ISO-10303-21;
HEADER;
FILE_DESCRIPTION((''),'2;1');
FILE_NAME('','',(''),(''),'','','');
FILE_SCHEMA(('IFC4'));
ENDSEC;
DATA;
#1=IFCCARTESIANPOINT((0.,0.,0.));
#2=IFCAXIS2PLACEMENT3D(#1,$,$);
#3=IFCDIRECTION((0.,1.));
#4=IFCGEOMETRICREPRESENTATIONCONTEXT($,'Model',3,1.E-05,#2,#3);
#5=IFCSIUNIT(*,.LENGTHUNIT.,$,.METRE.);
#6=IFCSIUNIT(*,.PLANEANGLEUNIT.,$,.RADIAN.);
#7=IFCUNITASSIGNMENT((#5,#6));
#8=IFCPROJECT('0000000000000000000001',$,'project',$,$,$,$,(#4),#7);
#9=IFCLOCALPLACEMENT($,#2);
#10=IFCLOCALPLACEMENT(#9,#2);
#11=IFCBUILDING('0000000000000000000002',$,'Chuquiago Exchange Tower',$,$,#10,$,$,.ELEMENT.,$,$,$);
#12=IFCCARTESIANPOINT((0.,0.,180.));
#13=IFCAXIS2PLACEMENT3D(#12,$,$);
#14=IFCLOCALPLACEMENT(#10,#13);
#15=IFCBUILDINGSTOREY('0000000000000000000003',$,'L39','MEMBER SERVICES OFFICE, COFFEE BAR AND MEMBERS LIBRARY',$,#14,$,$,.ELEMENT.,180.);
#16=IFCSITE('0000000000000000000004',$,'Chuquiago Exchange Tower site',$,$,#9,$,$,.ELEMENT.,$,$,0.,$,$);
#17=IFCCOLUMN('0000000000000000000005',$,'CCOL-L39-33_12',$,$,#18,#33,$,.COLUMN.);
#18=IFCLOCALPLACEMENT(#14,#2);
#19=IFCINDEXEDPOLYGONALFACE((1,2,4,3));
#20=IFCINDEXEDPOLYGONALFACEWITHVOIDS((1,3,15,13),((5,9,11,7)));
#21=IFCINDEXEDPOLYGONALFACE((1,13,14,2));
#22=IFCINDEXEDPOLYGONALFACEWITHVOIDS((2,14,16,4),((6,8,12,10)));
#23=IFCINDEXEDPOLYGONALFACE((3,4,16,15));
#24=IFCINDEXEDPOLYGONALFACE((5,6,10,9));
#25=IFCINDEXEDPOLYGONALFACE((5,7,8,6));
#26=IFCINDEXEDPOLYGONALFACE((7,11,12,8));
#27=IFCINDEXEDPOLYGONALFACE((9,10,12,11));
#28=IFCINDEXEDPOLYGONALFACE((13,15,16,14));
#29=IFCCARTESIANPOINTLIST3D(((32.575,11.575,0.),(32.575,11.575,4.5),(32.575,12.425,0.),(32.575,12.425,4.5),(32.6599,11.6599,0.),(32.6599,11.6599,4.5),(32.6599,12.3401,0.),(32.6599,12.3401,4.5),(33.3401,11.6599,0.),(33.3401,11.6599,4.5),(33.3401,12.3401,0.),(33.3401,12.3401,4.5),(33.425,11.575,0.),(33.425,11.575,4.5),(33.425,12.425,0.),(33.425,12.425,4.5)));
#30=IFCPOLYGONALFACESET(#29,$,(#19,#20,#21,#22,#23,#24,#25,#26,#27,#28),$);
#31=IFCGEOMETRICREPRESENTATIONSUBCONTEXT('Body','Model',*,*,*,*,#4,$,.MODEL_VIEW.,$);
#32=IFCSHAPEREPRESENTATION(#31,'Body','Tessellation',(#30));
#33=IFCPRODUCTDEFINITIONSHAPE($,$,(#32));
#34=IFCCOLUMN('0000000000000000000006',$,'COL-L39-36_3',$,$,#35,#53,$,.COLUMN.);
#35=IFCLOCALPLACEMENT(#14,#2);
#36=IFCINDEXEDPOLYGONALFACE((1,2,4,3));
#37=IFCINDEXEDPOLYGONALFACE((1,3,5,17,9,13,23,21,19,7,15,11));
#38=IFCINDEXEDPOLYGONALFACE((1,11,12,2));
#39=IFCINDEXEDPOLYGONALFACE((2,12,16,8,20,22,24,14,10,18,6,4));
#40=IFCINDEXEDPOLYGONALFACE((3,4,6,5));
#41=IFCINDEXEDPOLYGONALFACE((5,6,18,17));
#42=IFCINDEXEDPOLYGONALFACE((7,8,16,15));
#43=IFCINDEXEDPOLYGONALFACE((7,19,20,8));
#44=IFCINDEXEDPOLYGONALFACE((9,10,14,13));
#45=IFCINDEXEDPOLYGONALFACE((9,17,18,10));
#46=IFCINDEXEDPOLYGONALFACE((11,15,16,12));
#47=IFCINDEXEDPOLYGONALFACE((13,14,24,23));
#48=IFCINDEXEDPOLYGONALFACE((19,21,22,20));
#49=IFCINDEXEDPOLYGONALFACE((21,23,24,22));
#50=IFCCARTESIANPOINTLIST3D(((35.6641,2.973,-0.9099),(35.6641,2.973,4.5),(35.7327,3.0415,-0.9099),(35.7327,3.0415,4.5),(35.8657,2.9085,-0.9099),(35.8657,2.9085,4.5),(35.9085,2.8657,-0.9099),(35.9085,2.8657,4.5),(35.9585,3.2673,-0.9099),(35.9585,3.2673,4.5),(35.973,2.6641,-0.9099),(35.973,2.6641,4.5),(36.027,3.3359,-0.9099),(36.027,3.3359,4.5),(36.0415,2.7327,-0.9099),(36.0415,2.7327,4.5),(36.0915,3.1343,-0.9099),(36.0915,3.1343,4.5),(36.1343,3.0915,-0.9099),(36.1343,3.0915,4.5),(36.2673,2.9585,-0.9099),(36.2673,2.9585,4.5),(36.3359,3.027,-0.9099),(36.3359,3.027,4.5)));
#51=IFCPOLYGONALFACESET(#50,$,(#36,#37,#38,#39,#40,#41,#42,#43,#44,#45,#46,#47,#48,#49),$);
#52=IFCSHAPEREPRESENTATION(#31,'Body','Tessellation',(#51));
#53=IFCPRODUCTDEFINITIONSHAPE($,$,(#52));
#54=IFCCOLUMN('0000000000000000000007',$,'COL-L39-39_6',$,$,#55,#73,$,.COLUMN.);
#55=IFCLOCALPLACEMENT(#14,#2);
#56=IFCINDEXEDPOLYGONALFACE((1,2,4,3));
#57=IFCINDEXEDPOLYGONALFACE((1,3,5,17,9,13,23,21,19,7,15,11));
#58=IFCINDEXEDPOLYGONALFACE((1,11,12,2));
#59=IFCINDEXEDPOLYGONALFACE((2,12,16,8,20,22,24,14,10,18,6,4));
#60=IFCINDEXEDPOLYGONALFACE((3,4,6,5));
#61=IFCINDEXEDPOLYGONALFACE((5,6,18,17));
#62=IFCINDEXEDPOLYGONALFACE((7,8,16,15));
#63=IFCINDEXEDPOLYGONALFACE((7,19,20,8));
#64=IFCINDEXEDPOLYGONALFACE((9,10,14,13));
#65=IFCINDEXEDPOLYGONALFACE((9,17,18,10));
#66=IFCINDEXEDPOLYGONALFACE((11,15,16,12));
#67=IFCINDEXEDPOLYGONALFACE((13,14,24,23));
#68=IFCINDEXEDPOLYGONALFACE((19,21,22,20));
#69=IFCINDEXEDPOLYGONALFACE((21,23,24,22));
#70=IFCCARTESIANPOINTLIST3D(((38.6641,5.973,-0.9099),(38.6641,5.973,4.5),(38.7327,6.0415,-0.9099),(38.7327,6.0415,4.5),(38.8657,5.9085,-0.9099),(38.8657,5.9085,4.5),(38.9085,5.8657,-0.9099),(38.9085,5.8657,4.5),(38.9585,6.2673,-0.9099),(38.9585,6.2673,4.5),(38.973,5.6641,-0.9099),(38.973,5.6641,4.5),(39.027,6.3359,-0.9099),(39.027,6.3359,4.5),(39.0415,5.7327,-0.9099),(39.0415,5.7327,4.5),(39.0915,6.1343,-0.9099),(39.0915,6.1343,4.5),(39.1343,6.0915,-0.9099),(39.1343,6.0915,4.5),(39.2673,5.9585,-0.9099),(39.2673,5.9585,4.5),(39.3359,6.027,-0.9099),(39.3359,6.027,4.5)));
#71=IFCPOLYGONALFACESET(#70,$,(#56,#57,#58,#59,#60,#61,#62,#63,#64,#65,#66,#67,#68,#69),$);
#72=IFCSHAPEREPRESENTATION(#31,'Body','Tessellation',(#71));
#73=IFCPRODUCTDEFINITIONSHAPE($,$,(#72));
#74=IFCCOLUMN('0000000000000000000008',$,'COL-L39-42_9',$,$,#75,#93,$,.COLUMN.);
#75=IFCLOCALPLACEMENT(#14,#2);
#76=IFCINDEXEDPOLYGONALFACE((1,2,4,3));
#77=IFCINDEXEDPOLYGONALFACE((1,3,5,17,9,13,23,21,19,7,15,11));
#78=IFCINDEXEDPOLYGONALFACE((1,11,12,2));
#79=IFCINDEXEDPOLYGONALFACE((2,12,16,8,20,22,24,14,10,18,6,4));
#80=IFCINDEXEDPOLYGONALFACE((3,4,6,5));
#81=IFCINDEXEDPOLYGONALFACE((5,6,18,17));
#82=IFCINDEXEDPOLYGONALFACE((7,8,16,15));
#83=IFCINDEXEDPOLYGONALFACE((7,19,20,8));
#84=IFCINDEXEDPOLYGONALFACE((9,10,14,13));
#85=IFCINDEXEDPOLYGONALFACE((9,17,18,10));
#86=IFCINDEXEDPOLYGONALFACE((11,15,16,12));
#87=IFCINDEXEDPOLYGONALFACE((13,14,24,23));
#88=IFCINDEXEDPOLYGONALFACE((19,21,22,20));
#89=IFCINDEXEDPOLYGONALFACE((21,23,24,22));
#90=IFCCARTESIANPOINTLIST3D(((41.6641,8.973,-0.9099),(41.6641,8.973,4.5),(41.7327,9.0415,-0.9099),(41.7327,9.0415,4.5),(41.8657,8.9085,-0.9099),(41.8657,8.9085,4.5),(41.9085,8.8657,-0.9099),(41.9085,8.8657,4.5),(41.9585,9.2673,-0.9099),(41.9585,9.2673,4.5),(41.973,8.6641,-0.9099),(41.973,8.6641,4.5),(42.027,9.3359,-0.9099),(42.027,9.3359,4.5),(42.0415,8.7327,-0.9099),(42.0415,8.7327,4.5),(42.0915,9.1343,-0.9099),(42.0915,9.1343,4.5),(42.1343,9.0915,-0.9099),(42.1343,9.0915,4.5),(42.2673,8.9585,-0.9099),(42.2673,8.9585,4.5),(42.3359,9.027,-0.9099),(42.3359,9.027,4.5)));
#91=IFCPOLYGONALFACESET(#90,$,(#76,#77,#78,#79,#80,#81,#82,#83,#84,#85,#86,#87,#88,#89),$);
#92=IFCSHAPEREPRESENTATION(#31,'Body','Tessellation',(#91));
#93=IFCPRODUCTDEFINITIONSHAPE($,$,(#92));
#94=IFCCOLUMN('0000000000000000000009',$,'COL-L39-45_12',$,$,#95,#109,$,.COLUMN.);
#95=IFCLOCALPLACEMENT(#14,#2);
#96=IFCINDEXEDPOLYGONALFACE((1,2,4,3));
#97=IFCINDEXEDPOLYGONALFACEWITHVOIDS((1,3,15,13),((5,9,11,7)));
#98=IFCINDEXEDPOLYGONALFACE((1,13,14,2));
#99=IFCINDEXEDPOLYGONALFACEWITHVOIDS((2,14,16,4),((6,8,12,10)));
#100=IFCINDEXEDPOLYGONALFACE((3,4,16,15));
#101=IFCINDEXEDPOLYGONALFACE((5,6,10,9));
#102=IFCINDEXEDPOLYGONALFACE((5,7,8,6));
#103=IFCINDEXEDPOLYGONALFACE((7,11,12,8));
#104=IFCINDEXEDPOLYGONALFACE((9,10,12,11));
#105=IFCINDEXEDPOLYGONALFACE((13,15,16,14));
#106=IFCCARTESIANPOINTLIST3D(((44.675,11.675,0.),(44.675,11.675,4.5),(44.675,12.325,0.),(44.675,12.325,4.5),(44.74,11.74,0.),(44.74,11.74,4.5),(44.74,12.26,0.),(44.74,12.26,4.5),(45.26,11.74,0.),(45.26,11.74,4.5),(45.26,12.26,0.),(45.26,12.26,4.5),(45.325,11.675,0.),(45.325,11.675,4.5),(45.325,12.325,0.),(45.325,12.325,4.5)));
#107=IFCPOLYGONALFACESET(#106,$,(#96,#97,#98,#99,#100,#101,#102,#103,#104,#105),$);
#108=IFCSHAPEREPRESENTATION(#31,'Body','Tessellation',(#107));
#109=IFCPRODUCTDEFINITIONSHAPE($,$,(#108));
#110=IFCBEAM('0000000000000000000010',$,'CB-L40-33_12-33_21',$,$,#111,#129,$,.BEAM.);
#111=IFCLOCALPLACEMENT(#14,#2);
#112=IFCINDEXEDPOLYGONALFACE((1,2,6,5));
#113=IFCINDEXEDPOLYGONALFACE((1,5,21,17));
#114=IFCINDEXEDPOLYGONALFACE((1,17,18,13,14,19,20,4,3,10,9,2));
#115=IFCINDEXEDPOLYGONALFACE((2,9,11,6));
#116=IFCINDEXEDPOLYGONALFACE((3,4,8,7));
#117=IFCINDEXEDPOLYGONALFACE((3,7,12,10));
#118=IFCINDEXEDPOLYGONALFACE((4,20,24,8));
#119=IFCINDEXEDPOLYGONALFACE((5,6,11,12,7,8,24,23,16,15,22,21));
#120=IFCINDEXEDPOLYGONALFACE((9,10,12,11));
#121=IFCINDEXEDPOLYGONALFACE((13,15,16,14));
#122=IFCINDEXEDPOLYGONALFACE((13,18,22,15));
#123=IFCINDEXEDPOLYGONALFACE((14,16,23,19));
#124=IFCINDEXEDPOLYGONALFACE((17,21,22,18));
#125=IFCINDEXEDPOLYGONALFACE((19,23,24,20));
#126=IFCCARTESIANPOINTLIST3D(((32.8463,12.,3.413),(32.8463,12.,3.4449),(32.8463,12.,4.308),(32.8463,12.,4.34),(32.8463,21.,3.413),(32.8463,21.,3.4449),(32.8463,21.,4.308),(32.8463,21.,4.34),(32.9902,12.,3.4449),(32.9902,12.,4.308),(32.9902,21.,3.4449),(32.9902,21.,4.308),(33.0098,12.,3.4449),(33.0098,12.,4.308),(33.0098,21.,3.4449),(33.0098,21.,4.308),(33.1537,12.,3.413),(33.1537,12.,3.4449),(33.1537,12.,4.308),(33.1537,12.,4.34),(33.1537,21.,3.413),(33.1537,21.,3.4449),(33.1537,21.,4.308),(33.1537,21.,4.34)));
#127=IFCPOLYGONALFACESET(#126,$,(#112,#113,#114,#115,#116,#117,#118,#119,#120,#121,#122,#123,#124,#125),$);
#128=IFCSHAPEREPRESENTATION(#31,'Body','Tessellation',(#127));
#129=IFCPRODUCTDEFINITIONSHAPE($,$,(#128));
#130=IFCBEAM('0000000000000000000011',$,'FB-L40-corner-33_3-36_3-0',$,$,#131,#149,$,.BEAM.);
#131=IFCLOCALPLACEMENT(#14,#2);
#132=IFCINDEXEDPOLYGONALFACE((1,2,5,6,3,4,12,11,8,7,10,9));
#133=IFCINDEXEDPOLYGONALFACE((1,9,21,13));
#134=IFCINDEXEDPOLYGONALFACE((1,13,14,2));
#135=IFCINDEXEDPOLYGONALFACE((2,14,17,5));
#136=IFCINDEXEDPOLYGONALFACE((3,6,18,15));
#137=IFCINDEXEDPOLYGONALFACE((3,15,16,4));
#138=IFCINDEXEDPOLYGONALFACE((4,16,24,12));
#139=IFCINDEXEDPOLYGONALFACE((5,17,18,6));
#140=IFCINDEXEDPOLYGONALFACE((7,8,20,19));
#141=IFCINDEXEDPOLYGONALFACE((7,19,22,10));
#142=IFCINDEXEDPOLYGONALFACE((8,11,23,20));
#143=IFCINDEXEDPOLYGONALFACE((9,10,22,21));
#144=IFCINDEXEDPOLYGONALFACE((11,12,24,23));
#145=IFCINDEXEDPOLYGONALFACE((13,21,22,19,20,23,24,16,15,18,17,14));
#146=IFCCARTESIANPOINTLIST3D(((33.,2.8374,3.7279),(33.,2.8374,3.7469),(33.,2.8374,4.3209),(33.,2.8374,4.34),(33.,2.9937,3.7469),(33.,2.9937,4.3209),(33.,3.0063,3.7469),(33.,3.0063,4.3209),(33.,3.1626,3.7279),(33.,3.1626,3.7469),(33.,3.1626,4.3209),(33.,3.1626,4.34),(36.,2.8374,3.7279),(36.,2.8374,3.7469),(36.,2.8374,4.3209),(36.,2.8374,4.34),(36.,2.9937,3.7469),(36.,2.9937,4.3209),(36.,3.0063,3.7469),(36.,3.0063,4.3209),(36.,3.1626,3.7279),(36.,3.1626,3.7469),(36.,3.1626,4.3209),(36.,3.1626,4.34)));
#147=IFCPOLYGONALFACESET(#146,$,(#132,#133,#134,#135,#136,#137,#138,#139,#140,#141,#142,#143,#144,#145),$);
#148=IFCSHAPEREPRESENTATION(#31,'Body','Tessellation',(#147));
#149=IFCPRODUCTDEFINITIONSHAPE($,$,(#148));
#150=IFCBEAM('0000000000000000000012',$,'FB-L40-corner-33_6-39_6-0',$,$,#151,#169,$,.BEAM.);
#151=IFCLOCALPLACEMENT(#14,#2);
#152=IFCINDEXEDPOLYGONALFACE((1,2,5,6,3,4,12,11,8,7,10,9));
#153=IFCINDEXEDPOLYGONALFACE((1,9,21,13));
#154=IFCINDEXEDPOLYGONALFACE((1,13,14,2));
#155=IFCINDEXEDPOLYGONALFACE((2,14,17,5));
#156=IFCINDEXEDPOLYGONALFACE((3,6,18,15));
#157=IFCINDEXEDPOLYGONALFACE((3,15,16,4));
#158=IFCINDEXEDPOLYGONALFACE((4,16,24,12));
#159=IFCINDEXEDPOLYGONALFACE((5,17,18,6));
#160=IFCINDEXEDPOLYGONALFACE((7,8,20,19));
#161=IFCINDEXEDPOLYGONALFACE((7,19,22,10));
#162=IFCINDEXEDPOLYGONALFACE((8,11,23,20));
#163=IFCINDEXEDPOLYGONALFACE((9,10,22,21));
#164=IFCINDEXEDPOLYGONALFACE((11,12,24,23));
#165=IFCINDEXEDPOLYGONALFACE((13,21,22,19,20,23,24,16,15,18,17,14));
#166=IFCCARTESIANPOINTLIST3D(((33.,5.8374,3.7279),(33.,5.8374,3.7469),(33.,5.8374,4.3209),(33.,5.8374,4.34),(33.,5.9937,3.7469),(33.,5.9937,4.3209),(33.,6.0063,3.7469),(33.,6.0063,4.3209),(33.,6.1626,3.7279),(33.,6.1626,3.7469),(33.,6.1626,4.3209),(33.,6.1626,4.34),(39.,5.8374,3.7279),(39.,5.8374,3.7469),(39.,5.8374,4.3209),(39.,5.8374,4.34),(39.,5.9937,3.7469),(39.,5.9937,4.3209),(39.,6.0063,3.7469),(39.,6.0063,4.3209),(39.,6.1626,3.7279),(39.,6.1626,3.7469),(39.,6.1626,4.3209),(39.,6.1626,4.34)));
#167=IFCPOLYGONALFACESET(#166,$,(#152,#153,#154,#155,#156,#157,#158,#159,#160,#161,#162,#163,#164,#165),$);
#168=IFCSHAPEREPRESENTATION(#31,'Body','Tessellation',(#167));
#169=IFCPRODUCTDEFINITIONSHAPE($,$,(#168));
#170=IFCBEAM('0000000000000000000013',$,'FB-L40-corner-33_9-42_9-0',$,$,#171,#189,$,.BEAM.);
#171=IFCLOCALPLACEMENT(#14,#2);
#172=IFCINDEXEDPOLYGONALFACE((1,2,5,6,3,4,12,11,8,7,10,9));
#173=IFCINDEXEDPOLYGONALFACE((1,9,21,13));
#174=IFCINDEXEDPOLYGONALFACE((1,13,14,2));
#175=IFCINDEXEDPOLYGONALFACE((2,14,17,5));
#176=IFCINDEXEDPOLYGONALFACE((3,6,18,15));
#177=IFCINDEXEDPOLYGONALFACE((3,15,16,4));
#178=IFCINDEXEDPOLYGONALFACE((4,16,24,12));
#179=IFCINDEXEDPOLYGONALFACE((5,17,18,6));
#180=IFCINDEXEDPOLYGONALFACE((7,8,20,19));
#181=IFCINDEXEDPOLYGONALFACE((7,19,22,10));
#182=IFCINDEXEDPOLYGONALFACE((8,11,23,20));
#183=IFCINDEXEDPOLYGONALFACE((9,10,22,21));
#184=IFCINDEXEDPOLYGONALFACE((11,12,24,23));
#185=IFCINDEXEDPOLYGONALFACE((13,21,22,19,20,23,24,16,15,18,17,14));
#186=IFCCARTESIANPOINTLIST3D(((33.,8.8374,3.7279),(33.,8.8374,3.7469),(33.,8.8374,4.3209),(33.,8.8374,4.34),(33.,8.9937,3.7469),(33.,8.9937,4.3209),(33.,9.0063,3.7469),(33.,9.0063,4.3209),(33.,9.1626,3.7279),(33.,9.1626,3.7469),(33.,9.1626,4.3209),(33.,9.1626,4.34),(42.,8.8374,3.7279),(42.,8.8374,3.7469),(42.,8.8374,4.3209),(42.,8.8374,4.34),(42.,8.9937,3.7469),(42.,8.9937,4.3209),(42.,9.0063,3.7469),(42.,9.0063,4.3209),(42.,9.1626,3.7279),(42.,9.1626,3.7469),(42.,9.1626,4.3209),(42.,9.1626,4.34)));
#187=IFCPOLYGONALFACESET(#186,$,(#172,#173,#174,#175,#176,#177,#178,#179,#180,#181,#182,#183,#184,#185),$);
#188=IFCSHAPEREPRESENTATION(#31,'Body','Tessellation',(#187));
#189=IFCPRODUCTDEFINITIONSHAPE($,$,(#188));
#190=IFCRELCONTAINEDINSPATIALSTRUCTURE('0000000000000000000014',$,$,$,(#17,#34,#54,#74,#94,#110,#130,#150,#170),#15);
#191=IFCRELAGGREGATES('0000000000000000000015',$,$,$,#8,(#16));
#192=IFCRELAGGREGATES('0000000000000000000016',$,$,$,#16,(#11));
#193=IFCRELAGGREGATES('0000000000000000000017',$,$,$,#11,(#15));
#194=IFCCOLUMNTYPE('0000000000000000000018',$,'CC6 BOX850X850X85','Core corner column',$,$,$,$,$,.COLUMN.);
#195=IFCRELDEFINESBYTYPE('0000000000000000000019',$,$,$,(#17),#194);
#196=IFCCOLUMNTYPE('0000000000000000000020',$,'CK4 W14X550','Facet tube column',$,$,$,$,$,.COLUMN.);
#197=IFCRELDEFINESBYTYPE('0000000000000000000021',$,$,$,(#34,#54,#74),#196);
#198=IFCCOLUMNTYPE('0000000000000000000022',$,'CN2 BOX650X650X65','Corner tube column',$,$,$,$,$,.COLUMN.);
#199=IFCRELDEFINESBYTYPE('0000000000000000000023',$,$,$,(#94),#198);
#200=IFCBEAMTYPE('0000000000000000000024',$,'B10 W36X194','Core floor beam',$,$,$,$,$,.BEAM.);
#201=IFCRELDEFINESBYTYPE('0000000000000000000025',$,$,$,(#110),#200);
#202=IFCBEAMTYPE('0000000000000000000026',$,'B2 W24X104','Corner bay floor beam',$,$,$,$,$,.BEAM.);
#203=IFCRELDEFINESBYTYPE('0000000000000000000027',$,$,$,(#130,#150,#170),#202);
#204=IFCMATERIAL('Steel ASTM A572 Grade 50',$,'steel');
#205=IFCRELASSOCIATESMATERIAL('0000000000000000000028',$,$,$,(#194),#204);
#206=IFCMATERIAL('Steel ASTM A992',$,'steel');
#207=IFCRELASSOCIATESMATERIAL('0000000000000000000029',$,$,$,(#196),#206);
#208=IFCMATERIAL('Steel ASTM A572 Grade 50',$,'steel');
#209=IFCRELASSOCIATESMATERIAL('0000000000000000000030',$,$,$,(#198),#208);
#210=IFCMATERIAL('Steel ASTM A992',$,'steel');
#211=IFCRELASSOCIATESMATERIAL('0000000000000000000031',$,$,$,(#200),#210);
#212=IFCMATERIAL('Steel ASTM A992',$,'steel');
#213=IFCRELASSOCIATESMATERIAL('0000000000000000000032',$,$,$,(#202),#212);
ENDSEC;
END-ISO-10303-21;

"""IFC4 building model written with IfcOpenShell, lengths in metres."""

from ifc_helpers import new_model, si_unit, direction, frame, origin, origin_2d, place, context, subcontext, project, spatial, hollow_rectangle, i_section, extrude, material, material_profile, profile_set, type_object, element, save


model = new_model("IFC4")

# Units and contexts
model_context = context("Model", 3, precision=1e-05, world=origin(), true_north=direction((0.0, 1.0)))
body_context = subcontext(model_context, "Body", "Model", "MODEL_VIEW")
ifc_project = project(units=[si_unit("LENGTHUNIT", "METRE"), si_unit("PLANEANGLEUNIT", "RADIAN")], contexts=[model_context])

# Site, building, storey
site_placement = place(None, origin())
site = spatial("IfcSite", under=ifc_project, at=site_placement, Name="Chuquiago Exchange Tower site", CompositionType="ELEMENT", RefElevation=0.0)
building_placement = place(site_placement, origin())
building = spatial("IfcBuilding", under=site, at=building_placement, Name="Chuquiago Exchange Tower", CompositionType="ELEMENT")
storey_placement = place(building_placement, frame((0.0, 0.0, 180.0)))
storey = spatial("IfcBuildingStorey", under=building, at=storey_placement, Name="L39", Description="MEMBER SERVICES OFFICE, COFFEE BAR AND MEMBERS LIBRARY", CompositionType="ELEMENT", Elevation=180.0)

# Columns
ifc_material_1 = material(Name="Steel ASTM A572 Grade 50", Category="steel")
ifc_material_profile_1 = material_profile(ifc_material_1, hollow_rectangle(XDim=0.8501, YDim=0.8501, WallThickness=0.085, at=origin_2d()), Name="BOX850X850X85")
ifc_profile_set_1 = profile_set([ifc_material_profile_1], Name="Steel ASTM A572 Grade 50")
column_type_1 = type_object("IfcColumnType", Name="CC6 BOX850X850X85", Description="Core corner column", PredefinedType="COLUMN", material=ifc_profile_set_1)
column_1_placement = place(storey_placement, frame((33.0, 12.0, 0.0), z_axis=(0.0, 0.0, 1.0), x_axis=(1.0, 0.0, 0.0)))
element("IfcColumn", 1, at=column_1_placement, inside=storey, type_object=column_type_1, Name="CCOL-L39-33_12", PredefinedType="COLUMN", context=body_context, shape_type="SweptSolid", body=[
    extrude(hollow_rectangle(XDim=0.8501, YDim=0.8501, WallThickness=0.085, at=origin_2d()), origin(), (0.0, 0.0, 1.0), 4.5),
])
ifc_material_2 = material(Name="Steel ASTM A992", Category="steel")
ifc_material_profile_2 = material_profile(ifc_material_2, i_section(OverallWidth=0.4368, OverallDepth=0.5132, WebThickness=0.0605, FlangeThickness=0.0969, at=origin_2d()), Name="W14X550")
ifc_profile_set_2 = profile_set([ifc_material_profile_2], Name="Steel ASTM A992")
column_type_2 = type_object("IfcColumnType", Name="CK4 W14X550", Description="Facet tube column", PredefinedType="COLUMN", material=ifc_profile_set_2)
for number, where, z_axis, x_axis, name in (
    (2, (36.0, 3.0, -0.9099), (0.0, 0.0, 1.0), (0.707107, -0.707107, 0.0), "COL-L39-36_3"),
    (3, (39.0, 6.0, -0.9099), (0.0, 0.0, 1.0), (0.707107, -0.707107, 0.0), "COL-L39-39_6"),
    (4, (42.0, 9.0, -0.9099), (0.0, 0.0, 1.0), (0.707107, -0.707107, 0.0), "COL-L39-42_9"),
):
    element("IfcColumn", number, at=place(storey_placement, frame(where, z_axis=z_axis, x_axis=x_axis)), inside=storey, type_object=column_type_2, Name=name, PredefinedType="COLUMN", context=body_context, shape_type="SweptSolid", body=[
        extrude(i_section(OverallWidth=0.4368, OverallDepth=0.5132, WebThickness=0.0605, FlangeThickness=0.0969, at=origin_2d()), origin(), (0.0, 0.0, 1.0), 5.4099),
    ])
ifc_material_3 = material(Name="Steel ASTM A572 Grade 50", Category="steel")
ifc_material_profile_3 = material_profile(ifc_material_3, hollow_rectangle(XDim=0.6499, YDim=0.6499, WallThickness=0.0649, at=origin_2d()), Name="BOX650X650X65")
ifc_profile_set_3 = profile_set([ifc_material_profile_3], Name="Steel ASTM A572 Grade 50")
column_type_3 = type_object("IfcColumnType", Name="CN2 BOX650X650X65", Description="Corner tube column", PredefinedType="COLUMN", material=ifc_profile_set_3)
column_2_placement = place(storey_placement, frame((45.0, 12.0, 0.0), z_axis=(0.0, 0.0, 1.0), x_axis=(1.0, 0.0, 0.0)))
element("IfcColumn", 5, at=column_2_placement, inside=storey, type_object=column_type_3, Name="COL-L39-45_12", PredefinedType="COLUMN", context=body_context, shape_type="SweptSolid", body=[
    extrude(hollow_rectangle(XDim=0.6499, YDim=0.6499, WallThickness=0.0649, at=origin_2d()), origin(), (0.0, 0.0, 1.0), 4.5),
])

# Beams
ifc_material_4 = material(Name="Steel ASTM A992", Category="steel")
ifc_material_profile_4 = material_profile(ifc_material_4, i_section(OverallWidth=0.3074, OverallDepth=0.927, WebThickness=0.0195, FlangeThickness=0.032, at=origin_2d()), Name="W36X194")
ifc_profile_set_4 = profile_set([ifc_material_profile_4], Name="Steel ASTM A992")
beam_type_1 = type_object("IfcBeamType", Name="B10 W36X194", Description="Core floor beam", PredefinedType="BEAM", material=ifc_profile_set_4)
beam_1_placement = place(storey_placement, frame((33.0, 12.0, 3.8765), z_axis=(0.0, 1.0, 0.0), x_axis=(-1.0, 0.0, 0.0)))
element("IfcBeam", 6, at=beam_1_placement, inside=storey, type_object=beam_type_1, Name="CB-L40-33_12-33_21", PredefinedType="BEAM", context=body_context, shape_type="SweptSolid", body=[
    extrude(i_section(OverallWidth=0.3074, OverallDepth=0.927, WebThickness=0.0195, FlangeThickness=0.032, at=origin_2d()), origin(), (0.0, 0.0, 1.0), 9.0),
])
ifc_material_5 = material(Name="Steel ASTM A992", Category="steel")
ifc_material_profile_5 = material_profile(ifc_material_5, i_section(OverallWidth=0.3252, OverallDepth=0.6121, WebThickness=0.0127, FlangeThickness=0.019, at=origin_2d()), Name="W24X104")
ifc_profile_set_5 = profile_set([ifc_material_profile_5], Name="Steel ASTM A992")
beam_type_2 = type_object("IfcBeamType", Name="B2 W24X104", Description="Corner bay floor beam", PredefinedType="BEAM", material=ifc_profile_set_5)
beam_2_placement = place(storey_placement, frame((33.0, 3.0, 4.0339), z_axis=(1.0, 0.0, 0.0), x_axis=(0.0, 1.0, 0.0)))
element("IfcBeam", 7, at=beam_2_placement, inside=storey, type_object=beam_type_2, Name="FB-L40-corner-33_3-36_3-0", PredefinedType="BEAM", context=body_context, shape_type="SweptSolid", body=[
    extrude(i_section(OverallWidth=0.3252, OverallDepth=0.6121, WebThickness=0.0127, FlangeThickness=0.019, at=origin_2d()), origin(), (0.0, 0.0, 1.0), 3.0),
])
beam_3_placement = place(storey_placement, frame((33.0, 6.0, 4.0339), z_axis=(1.0, 0.0, 0.0), x_axis=(0.0, 1.0, 0.0)))
element("IfcBeam", 8, at=beam_3_placement, inside=storey, type_object=beam_type_2, Name="FB-L40-corner-33_6-39_6-0", PredefinedType="BEAM", context=body_context, shape_type="SweptSolid", body=[
    extrude(i_section(OverallWidth=0.3252, OverallDepth=0.6121, WebThickness=0.0127, FlangeThickness=0.019, at=origin_2d()), origin(), (0.0, 0.0, 1.0), 6.0),
])
beam_4_placement = place(storey_placement, frame((33.0, 9.0, 4.0339), z_axis=(1.0, 0.0, 0.0), x_axis=(0.0, 1.0, 0.0)))
element("IfcBeam", 9, at=beam_4_placement, inside=storey, type_object=beam_type_2, Name="FB-L40-corner-33_9-42_9-0", PredefinedType="BEAM", context=body_context, shape_type="SweptSolid", body=[
    extrude(i_section(OverallWidth=0.3252, OverallDepth=0.6121, WebThickness=0.0127, FlangeThickness=0.019, at=origin_2d()), origin(), (0.0, 0.0, 1.0), 9.0),
])

save(model, "model.ifc")
